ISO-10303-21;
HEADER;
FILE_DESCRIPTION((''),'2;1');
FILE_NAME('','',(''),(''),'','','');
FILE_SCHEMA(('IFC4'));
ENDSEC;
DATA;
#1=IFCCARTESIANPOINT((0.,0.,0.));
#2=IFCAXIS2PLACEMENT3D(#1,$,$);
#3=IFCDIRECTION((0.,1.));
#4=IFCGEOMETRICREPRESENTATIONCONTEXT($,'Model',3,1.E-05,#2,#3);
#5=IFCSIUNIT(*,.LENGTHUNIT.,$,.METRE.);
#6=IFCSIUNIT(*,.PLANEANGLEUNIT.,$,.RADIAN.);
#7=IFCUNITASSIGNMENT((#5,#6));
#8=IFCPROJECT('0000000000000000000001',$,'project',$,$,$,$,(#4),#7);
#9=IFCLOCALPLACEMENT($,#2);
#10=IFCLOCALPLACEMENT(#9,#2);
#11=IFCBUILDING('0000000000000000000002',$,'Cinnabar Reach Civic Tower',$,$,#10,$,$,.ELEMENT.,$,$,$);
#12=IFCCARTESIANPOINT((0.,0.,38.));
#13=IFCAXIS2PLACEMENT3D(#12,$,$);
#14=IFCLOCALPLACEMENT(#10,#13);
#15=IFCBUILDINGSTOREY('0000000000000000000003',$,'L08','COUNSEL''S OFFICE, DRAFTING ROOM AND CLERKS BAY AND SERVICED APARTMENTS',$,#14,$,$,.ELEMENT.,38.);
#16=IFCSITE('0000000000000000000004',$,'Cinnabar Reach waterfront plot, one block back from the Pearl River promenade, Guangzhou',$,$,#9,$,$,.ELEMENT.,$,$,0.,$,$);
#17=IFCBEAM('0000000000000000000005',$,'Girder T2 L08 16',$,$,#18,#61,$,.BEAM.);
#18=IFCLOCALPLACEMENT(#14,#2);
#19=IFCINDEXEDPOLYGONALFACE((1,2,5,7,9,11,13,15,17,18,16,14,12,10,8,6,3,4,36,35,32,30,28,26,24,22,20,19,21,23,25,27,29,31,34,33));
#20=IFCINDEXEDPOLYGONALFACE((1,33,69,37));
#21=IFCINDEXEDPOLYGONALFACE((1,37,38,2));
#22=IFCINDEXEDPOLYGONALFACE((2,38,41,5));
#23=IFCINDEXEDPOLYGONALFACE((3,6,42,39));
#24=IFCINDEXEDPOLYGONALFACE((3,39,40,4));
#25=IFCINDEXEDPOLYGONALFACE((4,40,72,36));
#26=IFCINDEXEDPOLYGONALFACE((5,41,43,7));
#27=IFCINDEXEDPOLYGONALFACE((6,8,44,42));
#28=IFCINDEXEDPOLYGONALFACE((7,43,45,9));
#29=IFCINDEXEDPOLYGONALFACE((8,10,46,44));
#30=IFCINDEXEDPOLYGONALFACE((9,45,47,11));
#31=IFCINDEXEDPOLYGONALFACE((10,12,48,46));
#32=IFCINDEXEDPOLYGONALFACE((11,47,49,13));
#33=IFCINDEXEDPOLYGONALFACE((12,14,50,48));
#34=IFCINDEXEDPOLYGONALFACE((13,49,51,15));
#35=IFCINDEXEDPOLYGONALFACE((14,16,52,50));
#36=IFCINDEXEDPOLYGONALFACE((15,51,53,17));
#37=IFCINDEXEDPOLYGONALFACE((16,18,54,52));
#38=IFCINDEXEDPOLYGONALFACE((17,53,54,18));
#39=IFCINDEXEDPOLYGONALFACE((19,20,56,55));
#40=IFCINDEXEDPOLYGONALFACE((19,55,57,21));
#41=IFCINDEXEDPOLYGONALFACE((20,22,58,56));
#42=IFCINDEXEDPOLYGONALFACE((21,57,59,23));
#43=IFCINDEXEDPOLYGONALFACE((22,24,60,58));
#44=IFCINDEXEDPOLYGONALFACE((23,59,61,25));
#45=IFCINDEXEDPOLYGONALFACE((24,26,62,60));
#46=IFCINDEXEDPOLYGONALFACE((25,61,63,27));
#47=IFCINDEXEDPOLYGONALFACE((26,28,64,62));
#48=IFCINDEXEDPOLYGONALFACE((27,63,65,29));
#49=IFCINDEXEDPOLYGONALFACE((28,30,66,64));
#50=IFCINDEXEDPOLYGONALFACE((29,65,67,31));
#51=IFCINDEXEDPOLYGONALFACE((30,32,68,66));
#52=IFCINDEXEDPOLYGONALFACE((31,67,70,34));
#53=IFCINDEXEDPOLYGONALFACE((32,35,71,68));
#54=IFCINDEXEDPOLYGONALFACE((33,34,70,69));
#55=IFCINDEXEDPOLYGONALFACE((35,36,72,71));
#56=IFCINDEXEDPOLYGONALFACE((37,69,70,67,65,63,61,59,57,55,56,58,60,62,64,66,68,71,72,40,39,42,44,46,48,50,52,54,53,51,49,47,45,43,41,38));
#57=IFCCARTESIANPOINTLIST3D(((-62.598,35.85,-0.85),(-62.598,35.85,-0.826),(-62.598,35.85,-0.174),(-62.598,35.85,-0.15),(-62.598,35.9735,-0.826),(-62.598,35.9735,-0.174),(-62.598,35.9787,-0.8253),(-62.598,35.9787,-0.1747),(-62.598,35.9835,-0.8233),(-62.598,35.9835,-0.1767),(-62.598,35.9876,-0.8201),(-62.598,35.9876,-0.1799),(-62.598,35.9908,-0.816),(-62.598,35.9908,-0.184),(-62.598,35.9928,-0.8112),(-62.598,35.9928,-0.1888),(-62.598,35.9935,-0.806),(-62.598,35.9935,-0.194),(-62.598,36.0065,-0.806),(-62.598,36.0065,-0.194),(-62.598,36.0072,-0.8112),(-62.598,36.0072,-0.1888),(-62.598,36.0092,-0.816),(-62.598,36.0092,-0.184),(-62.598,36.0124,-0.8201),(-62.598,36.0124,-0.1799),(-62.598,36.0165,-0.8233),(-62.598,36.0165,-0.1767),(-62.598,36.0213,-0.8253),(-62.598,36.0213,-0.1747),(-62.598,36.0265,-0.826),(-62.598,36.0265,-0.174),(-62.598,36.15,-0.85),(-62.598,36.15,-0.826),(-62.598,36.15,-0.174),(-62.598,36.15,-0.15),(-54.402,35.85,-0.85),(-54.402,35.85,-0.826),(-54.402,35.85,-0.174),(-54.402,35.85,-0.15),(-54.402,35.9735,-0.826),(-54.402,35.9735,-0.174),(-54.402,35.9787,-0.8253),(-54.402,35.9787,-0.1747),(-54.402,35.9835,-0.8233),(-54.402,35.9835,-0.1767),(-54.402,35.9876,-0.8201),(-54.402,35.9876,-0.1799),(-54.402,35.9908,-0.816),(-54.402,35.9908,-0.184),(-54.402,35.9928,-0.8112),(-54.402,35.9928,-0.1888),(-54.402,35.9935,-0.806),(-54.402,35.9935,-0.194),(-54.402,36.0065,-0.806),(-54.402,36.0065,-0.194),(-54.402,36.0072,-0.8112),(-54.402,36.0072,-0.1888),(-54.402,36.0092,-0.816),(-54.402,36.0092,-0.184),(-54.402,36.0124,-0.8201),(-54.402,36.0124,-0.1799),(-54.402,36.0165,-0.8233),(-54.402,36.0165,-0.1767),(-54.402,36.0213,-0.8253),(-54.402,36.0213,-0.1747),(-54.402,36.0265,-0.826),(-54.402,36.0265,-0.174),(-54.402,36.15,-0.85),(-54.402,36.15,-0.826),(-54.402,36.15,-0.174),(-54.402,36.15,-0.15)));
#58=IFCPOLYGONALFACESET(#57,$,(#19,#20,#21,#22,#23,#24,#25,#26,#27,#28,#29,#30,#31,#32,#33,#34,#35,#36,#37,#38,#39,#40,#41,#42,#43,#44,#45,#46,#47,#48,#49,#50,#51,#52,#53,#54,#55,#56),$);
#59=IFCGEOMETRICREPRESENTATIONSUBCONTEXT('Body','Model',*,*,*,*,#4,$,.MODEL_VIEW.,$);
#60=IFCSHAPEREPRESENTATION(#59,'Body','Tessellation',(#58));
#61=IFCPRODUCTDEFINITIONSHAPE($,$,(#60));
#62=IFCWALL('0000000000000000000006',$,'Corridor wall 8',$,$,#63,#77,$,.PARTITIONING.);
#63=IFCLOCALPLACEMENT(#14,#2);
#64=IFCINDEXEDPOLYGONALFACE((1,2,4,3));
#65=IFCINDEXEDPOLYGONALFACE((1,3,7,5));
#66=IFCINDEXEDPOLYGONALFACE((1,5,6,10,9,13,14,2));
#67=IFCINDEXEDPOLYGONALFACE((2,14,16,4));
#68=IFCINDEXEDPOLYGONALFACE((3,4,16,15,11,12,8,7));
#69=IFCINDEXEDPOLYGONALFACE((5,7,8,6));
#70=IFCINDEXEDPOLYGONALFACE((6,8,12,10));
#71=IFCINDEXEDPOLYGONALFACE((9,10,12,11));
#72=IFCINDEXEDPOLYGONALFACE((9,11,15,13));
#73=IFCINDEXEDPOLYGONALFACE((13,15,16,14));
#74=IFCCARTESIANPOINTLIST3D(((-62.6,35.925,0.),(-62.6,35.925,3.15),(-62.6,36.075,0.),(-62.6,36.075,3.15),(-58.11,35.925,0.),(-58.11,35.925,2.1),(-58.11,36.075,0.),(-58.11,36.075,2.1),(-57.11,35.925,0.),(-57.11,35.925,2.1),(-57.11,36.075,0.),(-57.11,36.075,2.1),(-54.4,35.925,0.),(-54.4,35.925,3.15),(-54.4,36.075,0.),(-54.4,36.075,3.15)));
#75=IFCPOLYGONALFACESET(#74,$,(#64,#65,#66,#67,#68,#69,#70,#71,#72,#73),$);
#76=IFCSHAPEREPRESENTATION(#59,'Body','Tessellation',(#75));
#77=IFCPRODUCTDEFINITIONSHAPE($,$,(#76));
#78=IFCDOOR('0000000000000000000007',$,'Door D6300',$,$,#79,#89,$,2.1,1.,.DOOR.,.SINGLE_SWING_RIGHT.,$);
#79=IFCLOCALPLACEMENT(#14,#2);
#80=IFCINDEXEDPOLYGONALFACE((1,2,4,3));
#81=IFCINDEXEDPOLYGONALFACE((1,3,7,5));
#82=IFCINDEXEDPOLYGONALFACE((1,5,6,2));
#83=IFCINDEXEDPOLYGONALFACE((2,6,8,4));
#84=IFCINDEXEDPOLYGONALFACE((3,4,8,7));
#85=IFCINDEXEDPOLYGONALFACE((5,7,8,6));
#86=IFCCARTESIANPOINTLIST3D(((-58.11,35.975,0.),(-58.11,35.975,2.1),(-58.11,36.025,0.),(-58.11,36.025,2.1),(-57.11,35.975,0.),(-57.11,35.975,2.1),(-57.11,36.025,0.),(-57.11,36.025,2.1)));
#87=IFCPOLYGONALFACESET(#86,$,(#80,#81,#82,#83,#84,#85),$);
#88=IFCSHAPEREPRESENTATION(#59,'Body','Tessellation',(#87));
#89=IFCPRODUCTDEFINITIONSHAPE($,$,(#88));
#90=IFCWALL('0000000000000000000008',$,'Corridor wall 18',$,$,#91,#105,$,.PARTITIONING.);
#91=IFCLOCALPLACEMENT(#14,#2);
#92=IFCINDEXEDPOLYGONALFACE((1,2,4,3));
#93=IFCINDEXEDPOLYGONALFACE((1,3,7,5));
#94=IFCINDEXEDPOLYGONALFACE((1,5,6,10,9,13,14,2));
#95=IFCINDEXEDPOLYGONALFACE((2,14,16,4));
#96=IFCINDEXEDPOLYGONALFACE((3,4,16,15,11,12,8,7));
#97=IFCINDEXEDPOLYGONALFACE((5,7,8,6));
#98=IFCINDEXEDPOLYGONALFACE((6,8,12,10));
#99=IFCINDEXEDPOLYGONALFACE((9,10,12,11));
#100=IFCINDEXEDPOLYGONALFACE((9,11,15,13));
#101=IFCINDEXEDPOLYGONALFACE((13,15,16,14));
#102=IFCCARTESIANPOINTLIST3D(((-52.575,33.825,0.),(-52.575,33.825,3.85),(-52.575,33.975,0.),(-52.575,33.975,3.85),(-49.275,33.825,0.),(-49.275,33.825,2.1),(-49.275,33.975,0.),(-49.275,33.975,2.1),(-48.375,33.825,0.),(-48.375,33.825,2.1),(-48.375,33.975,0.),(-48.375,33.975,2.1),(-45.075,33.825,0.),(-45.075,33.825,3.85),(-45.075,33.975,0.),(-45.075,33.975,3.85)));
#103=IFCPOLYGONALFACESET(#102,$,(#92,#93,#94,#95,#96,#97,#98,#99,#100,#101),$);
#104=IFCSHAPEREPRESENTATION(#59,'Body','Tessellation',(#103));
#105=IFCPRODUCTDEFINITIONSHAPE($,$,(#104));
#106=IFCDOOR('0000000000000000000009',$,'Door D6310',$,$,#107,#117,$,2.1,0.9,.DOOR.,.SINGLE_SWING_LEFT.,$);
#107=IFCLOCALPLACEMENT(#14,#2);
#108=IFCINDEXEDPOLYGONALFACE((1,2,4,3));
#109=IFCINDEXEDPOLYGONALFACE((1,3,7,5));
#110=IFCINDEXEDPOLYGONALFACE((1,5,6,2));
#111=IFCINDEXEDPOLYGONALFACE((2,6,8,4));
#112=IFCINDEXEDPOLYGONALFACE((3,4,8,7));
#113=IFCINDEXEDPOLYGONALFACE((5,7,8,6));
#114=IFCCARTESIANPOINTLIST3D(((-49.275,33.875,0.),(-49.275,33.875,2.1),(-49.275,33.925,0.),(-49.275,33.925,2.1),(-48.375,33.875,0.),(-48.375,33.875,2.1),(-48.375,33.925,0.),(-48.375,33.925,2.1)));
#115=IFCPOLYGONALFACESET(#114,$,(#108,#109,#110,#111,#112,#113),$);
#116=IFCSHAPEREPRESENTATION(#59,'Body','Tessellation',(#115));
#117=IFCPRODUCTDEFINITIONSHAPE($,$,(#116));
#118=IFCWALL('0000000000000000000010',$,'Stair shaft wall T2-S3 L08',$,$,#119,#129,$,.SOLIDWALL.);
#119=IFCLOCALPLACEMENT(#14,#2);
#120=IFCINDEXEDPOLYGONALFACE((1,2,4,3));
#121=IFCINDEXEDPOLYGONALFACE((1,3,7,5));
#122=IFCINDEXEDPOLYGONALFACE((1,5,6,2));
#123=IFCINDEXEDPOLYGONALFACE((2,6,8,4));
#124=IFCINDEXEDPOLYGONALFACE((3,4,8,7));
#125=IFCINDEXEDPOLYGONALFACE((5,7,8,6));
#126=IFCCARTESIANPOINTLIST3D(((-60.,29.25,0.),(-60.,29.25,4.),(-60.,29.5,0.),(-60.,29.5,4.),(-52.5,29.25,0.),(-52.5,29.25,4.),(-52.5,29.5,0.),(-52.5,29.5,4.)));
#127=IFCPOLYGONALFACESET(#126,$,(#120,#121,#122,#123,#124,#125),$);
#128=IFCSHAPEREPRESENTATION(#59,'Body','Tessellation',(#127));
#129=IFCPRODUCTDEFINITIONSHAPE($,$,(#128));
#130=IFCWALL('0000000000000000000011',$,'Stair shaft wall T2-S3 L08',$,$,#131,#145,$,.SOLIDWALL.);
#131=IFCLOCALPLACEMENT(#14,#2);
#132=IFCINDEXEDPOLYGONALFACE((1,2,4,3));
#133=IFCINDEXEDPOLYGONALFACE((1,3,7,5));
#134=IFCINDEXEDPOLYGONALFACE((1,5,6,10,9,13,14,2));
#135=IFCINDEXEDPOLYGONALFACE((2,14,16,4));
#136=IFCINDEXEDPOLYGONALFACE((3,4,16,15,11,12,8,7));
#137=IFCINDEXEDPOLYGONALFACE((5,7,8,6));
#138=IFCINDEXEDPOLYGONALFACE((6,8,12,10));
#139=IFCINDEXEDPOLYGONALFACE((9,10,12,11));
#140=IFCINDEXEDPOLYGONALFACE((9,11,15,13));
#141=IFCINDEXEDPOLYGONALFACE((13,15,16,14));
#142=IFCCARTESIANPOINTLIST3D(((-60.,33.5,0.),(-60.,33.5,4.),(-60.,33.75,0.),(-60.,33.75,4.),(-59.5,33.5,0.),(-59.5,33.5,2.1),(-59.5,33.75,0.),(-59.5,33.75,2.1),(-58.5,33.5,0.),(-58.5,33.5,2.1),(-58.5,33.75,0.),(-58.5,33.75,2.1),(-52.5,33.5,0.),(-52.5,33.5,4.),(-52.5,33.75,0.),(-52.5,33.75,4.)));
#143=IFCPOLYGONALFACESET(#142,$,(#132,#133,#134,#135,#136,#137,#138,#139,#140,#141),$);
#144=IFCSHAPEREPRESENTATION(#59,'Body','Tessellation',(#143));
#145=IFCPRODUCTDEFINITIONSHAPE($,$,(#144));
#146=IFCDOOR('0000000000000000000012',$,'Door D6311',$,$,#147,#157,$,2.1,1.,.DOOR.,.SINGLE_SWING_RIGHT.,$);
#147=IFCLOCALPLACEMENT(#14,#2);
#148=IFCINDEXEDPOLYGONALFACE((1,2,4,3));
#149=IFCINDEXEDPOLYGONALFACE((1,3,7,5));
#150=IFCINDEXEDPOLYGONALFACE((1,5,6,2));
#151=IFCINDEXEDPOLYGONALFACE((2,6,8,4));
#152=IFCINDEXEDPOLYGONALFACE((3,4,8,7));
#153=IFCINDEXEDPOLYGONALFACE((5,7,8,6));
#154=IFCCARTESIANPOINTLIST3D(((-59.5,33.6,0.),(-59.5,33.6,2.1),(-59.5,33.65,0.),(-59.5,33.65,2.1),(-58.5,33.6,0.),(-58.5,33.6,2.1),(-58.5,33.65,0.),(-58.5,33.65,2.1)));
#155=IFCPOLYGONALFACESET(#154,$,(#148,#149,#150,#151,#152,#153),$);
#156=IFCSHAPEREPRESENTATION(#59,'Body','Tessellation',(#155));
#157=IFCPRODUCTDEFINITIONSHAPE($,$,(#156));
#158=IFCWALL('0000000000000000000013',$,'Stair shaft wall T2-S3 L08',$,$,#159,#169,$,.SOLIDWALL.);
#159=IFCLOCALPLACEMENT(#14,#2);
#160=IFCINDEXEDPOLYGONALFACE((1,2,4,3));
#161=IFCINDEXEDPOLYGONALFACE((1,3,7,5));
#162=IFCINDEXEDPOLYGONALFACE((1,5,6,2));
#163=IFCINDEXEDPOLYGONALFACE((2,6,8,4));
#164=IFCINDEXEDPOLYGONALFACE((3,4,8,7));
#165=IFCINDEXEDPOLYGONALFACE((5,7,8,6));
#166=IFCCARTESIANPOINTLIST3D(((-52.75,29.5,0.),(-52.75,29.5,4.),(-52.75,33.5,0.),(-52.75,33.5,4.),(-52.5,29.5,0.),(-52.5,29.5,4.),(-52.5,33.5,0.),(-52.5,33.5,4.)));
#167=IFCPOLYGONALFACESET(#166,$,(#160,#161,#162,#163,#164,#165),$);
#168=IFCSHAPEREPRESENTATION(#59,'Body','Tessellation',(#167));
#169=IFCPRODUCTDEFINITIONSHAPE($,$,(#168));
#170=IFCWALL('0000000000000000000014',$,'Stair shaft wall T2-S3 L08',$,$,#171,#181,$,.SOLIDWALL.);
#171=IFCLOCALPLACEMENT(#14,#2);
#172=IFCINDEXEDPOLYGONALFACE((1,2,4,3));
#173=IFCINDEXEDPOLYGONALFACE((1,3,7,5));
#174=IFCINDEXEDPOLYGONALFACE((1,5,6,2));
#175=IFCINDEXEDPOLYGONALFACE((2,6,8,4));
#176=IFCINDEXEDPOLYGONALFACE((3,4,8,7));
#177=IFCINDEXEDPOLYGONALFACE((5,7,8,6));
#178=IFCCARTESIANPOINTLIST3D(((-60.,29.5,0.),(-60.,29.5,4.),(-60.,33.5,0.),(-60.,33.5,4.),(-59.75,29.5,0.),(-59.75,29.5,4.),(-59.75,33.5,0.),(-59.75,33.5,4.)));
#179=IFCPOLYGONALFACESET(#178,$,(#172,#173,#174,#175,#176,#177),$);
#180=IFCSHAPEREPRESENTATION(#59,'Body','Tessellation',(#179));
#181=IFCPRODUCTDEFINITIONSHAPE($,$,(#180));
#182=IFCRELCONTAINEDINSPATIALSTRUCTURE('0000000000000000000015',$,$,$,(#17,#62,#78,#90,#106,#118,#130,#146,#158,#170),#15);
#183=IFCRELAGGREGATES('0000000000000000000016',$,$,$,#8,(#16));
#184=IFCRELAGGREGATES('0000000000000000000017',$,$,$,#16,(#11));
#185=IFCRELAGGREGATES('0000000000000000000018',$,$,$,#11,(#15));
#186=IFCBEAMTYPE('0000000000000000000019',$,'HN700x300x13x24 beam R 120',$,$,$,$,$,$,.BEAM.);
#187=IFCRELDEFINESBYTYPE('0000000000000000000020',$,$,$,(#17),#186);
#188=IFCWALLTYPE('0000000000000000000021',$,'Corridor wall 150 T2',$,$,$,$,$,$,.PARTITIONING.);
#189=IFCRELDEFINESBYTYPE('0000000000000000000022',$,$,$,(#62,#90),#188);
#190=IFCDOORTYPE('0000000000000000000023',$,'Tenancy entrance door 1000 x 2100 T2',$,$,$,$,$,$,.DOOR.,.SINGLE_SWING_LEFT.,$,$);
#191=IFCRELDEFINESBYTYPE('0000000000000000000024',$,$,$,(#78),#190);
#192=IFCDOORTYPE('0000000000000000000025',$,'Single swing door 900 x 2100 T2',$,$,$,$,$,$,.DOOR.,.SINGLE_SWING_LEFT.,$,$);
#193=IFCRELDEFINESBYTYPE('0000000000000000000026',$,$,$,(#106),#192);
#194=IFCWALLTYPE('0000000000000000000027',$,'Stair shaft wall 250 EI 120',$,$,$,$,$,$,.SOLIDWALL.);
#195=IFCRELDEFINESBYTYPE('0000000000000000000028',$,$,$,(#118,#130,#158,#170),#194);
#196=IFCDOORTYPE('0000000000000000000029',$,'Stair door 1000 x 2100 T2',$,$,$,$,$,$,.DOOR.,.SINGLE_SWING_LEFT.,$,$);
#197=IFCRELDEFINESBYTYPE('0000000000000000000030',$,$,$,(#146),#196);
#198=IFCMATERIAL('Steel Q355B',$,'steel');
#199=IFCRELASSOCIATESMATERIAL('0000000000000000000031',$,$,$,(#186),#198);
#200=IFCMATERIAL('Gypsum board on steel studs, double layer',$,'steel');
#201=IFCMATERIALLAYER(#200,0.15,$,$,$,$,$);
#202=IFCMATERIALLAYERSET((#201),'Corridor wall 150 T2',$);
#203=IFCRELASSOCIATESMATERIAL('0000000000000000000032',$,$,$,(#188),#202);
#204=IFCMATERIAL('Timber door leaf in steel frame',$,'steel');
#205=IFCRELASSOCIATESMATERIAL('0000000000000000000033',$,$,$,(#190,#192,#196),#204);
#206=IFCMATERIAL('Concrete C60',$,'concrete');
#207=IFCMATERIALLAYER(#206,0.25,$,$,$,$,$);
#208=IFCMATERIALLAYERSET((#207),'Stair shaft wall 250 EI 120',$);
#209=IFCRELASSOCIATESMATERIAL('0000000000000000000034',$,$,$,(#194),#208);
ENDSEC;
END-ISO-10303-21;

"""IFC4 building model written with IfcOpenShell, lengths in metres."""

from ifc_helpers import new_model, si_unit, direction, frame, frame_2d, origin, origin_2d, place, context, subcontext, project, spatial, rectangle, i_section, extrude, material, layer, layer_set, material_profile, profile_set, type_object, element, fill, save


model = new_model("IFC4")

# Units and contexts
model_context = context("Model", 3, precision=1e-05, world=origin(), true_north=direction((0.0, 1.0)))
body_context = subcontext(model_context, "Body", "Model", "MODEL_VIEW")
ifc_project = project(units=[si_unit("LENGTHUNIT", "METRE"), si_unit("PLANEANGLEUNIT", "RADIAN")], contexts=[model_context])

# Site, building, storey
site_placement = place(None, origin())
site = spatial("IfcSite", under=ifc_project, at=site_placement, Name="Cinnabar Reach waterfront plot, one block back from the Pearl River promenade, Guangzhou", CompositionType="ELEMENT", RefElevation=0.0)
building_placement = place(site_placement, origin())
building = spatial("IfcBuilding", under=site, at=building_placement, Name="Cinnabar Reach Civic Tower", CompositionType="ELEMENT")
storey_placement = place(building_placement, frame((0.0, 0.0, 38.0)))
storey = spatial("IfcBuildingStorey", under=building, at=storey_placement, Name="L08", Description="COUNSEL'S OFFICE, DRAFTING ROOM AND CLERKS BAY AND SERVICED APARTMENTS", CompositionType="ELEMENT", Elevation=38.0)

# Beam
ifc_material_1 = material(Name="Steel Q355B", Category="steel")
ifc_material_profile_1 = material_profile(ifc_material_1, i_section(OverallWidth=0.3, OverallDepth=0.7, WebThickness=0.013, FlangeThickness=0.024, FilletRadius=0.02, at=origin_2d()), Name="HN700x300x13x24")
ifc_profile_set_1 = profile_set([ifc_material_profile_1], Name="Steel Q355B")
beam_type_1 = type_object("IfcBeamType", Name="HN700x300x13x24 beam R 120", PredefinedType="BEAM", material=ifc_profile_set_1)
beam_1_placement = place(storey_placement, frame((-62.598, 36.0, -0.5), z_axis=(1.0, 0.0, 0.0), x_axis=(0.0, 1.0, 0.0)))
element("IfcBeam", 1, at=beam_1_placement, inside=storey, type_object=beam_type_1, Name="Girder T2 L08 16", PredefinedType="BEAM", context=body_context, shape_type="SweptSolid", body=[
    extrude(i_section(OverallWidth=0.3, OverallDepth=0.7, WebThickness=0.013, FlangeThickness=0.024, FilletRadius=0.02, at=origin_2d()), origin(), (0.0, 0.0, 1.0), 8.196),
])

# Walls, openings, doors
ifc_material_2 = material(Name="Gypsum board on steel studs, double layer", Category="steel")
ifc_layer_1 = layer(ifc_material_2, 0.15)
ifc_layer_set_1 = layer_set([ifc_layer_1], Name="Corridor wall 150 T2")
wall_type_1 = type_object("IfcWallType", Name="Corridor wall 150 T2", PredefinedType="PARTITIONING", material=ifc_layer_set_1)
wall_1_placement = place(storey_placement, frame((-62.6, 36.0, 0.0), z_axis=(0.0, 0.0, 1.0), x_axis=(1.0, 0.0, 0.0)))
wall_1 = element("IfcWall", 2, at=wall_1_placement, inside=storey, type_object=wall_type_1, Name="Corridor wall 8", PredefinedType="PARTITIONING", context=body_context, shape_type="SweptSolid", body=[
    extrude(rectangle(XDim=8.2, YDim=0.15, at=frame_2d((4.1, 0.0))), origin(), (0.0, 0.0, 1.0), 3.15),
])
opening_1_placement = place(wall_1_placement, frame((4.49, 0.0, 0.0)))
opening_1 = element("IfcOpeningElement", 3, at=opening_1_placement, cuts=wall_1, PredefinedType="OPENING", context=body_context, shape_type="SweptSolid", body=[
    extrude(rectangle(XDim=1.0, YDim=2.1, at=frame_2d((0.5, 1.05))), frame((0.0, 0.085, 0.0), z_axis=(0.0, -1.0, 0.0), x_axis=(1.0, 0.0, 0.0)), (0.0, 0.0, 1.0), 0.17),
])
ifc_material_3 = material(Name="Timber door leaf in steel frame", Category="steel")
door_type_1 = type_object("IfcDoorType", Name="Tenancy entrance door 1000 x 2100 T2", OperationType="SINGLE_SWING_LEFT", PredefinedType="DOOR", material=ifc_material_3)
door_1_placement = place(opening_1_placement, origin())
door_1 = element("IfcDoor", 4, at=door_1_placement, inside=storey, type_object=door_type_1, Name="Door D6300", OperationType="SINGLE_SWING_RIGHT", OverallHeight=2.1, OverallWidth=1.0, PredefinedType="DOOR", context=body_context, shape_type="SweptSolid", body=[
    extrude(rectangle(XDim=1.0, YDim=2.1, at=frame_2d((0.5, 1.05))), frame((0.0, 0.025, 0.0), z_axis=(0.0, -1.0, 0.0), x_axis=(1.0, 0.0, 0.0)), (0.0, 0.0, 1.0), 0.05),
])
fill(opening_1, door_1)
wall_2_placement = place(storey_placement, frame((-52.575, 33.9, 0.0), z_axis=(0.0, 0.0, 1.0), x_axis=(1.0, 0.0, 0.0)))
wall_2 = element("IfcWall", 5, at=wall_2_placement, inside=storey, type_object=wall_type_1, Name="Corridor wall 18", PredefinedType="PARTITIONING", context=body_context, shape_type="SweptSolid", body=[
    extrude(rectangle(XDim=7.5, YDim=0.15, at=frame_2d((3.75, 0.0))), origin(), (0.0, 0.0, 1.0), 3.85),
])
opening_2_placement = place(wall_2_placement, frame((3.3, 0.0, 0.0)))
opening_2 = element("IfcOpeningElement", 6, at=opening_2_placement, cuts=wall_2, PredefinedType="OPENING", context=body_context, shape_type="SweptSolid", body=[
    extrude(rectangle(XDim=0.9, YDim=2.1, at=frame_2d((0.45, 1.05))), frame((0.0, 0.085, 0.0), z_axis=(0.0, -1.0, 0.0), x_axis=(1.0, 0.0, 0.0)), (0.0, 0.0, 1.0), 0.17),
])
door_type_2 = type_object("IfcDoorType", Name="Single swing door 900 x 2100 T2", OperationType="SINGLE_SWING_LEFT", PredefinedType="DOOR", material=ifc_material_3)
door_2_placement = place(opening_2_placement, frame((0.9, 0.0, 0.0), z_axis=(0.0, 0.0, 1.0), x_axis=(-1.0, 0.0, 0.0)))
door_2 = element("IfcDoor", 7, at=door_2_placement, inside=storey, type_object=door_type_2, Name="Door D6310", OperationType="SINGLE_SWING_LEFT", OverallHeight=2.1, OverallWidth=0.9, PredefinedType="DOOR", context=body_context, shape_type="SweptSolid", body=[
    extrude(rectangle(XDim=0.9, YDim=2.1, at=frame_2d((0.45, 1.05))), frame((0.0, 0.025, 0.0), z_axis=(0.0, -1.0, 0.0), x_axis=(1.0, 0.0, 0.0)), (0.0, 0.0, 1.0), 0.05),
])
fill(opening_2, door_2)

# Wall
ifc_material_4 = material(Name="Concrete C60", Category="concrete")
ifc_layer_2 = layer(ifc_material_4, 0.25)
ifc_layer_set_2 = layer_set([ifc_layer_2], Name="Stair shaft wall 250 EI 120")
wall_type_2 = type_object("IfcWallType", Name="Stair shaft wall 250 EI 120", PredefinedType="SOLIDWALL", material=ifc_layer_set_2)
wall_3_placement = place(storey_placement, frame((-60.0, 29.375, 0.0), z_axis=(0.0, 0.0, 1.0), x_axis=(1.0, 0.0, 0.0)))
element("IfcWall", 8, at=wall_3_placement, inside=storey, type_object=wall_type_2, Name="Stair shaft wall T2-S3 L08", PredefinedType="SOLIDWALL", context=body_context, shape_type="SweptSolid", body=[
    extrude(rectangle(XDim=7.5, YDim=0.25, at=frame_2d((3.75, 0.0))), origin(), (0.0, 0.0, 1.0), 4.0),
])

# Wall, opening, door
wall_4_placement = place(storey_placement, frame((-52.5, 33.625, 0.0), z_axis=(0.0, 0.0, 1.0), x_axis=(-1.0, 0.0, 0.0)))
wall_4 = element("IfcWall", 9, at=wall_4_placement, inside=storey, type_object=wall_type_2, Name="Stair shaft wall T2-S3 L08", PredefinedType="SOLIDWALL", context=body_context, shape_type="SweptSolid", body=[
    extrude(rectangle(XDim=7.5, YDim=0.25, at=frame_2d((3.75, 0.0))), origin(), (0.0, 0.0, 1.0), 4.0),
])
opening_3_placement = place(wall_4_placement, frame((6.0, 0.0, 0.0)))
opening_3 = element("IfcOpeningElement", 10, at=opening_3_placement, cuts=wall_4, PredefinedType="OPENING", context=body_context, shape_type="SweptSolid", body=[
    extrude(rectangle(XDim=1.0, YDim=2.1, at=frame_2d((0.5, 1.05))), frame((0.0, 0.135, 0.0), z_axis=(0.0, -1.0, 0.0), x_axis=(1.0, 0.0, 0.0)), (0.0, 0.0, 1.0), 0.27),
])
door_type_3 = type_object("IfcDoorType", Name="Stair door 1000 x 2100 T2", OperationType="SINGLE_SWING_LEFT", PredefinedType="DOOR", material=ifc_material_3)
door_3_placement = place(opening_3_placement, origin())
door_3 = element("IfcDoor", 11, at=door_3_placement, inside=storey, type_object=door_type_3, Name="Door D6311", OperationType="SINGLE_SWING_RIGHT", OverallHeight=2.1, OverallWidth=1.0, PredefinedType="DOOR", context=body_context, shape_type="SweptSolid", body=[
    extrude(rectangle(XDim=1.0, YDim=2.1, at=frame_2d((0.5, 1.05))), frame((0.0, 0.025, 0.0), z_axis=(0.0, -1.0, 0.0), x_axis=(1.0, 0.0, 0.0)), (0.0, 0.0, 1.0), 0.05),
])
fill(opening_3, door_3)

# Walls
for number, where, z_axis, x_axis, name in (
    (12, (-52.625, 29.5, 0.0), (0.0, 0.0, 1.0), (0.0, 1.0, 0.0), "Stair shaft wall T2-S3 L08"),
    (13, (-59.875, 33.5, 0.0), (0.0, 0.0, 1.0), (0.0, -1.0, 0.0), "Stair shaft wall T2-S3 L08"),
):
    element("IfcWall", number, at=place(storey_placement, frame(where, z_axis=z_axis, x_axis=x_axis)), inside=storey, type_object=wall_type_2, Name=name, PredefinedType="SOLIDWALL", context=body_context, shape_type="SweptSolid", body=[
        extrude(rectangle(XDim=4.0, YDim=0.25, at=frame_2d((2.0, 0.0))), origin(), (0.0, 0.0, 1.0), 4.0),
    ])

save(model, "model.ifc")
